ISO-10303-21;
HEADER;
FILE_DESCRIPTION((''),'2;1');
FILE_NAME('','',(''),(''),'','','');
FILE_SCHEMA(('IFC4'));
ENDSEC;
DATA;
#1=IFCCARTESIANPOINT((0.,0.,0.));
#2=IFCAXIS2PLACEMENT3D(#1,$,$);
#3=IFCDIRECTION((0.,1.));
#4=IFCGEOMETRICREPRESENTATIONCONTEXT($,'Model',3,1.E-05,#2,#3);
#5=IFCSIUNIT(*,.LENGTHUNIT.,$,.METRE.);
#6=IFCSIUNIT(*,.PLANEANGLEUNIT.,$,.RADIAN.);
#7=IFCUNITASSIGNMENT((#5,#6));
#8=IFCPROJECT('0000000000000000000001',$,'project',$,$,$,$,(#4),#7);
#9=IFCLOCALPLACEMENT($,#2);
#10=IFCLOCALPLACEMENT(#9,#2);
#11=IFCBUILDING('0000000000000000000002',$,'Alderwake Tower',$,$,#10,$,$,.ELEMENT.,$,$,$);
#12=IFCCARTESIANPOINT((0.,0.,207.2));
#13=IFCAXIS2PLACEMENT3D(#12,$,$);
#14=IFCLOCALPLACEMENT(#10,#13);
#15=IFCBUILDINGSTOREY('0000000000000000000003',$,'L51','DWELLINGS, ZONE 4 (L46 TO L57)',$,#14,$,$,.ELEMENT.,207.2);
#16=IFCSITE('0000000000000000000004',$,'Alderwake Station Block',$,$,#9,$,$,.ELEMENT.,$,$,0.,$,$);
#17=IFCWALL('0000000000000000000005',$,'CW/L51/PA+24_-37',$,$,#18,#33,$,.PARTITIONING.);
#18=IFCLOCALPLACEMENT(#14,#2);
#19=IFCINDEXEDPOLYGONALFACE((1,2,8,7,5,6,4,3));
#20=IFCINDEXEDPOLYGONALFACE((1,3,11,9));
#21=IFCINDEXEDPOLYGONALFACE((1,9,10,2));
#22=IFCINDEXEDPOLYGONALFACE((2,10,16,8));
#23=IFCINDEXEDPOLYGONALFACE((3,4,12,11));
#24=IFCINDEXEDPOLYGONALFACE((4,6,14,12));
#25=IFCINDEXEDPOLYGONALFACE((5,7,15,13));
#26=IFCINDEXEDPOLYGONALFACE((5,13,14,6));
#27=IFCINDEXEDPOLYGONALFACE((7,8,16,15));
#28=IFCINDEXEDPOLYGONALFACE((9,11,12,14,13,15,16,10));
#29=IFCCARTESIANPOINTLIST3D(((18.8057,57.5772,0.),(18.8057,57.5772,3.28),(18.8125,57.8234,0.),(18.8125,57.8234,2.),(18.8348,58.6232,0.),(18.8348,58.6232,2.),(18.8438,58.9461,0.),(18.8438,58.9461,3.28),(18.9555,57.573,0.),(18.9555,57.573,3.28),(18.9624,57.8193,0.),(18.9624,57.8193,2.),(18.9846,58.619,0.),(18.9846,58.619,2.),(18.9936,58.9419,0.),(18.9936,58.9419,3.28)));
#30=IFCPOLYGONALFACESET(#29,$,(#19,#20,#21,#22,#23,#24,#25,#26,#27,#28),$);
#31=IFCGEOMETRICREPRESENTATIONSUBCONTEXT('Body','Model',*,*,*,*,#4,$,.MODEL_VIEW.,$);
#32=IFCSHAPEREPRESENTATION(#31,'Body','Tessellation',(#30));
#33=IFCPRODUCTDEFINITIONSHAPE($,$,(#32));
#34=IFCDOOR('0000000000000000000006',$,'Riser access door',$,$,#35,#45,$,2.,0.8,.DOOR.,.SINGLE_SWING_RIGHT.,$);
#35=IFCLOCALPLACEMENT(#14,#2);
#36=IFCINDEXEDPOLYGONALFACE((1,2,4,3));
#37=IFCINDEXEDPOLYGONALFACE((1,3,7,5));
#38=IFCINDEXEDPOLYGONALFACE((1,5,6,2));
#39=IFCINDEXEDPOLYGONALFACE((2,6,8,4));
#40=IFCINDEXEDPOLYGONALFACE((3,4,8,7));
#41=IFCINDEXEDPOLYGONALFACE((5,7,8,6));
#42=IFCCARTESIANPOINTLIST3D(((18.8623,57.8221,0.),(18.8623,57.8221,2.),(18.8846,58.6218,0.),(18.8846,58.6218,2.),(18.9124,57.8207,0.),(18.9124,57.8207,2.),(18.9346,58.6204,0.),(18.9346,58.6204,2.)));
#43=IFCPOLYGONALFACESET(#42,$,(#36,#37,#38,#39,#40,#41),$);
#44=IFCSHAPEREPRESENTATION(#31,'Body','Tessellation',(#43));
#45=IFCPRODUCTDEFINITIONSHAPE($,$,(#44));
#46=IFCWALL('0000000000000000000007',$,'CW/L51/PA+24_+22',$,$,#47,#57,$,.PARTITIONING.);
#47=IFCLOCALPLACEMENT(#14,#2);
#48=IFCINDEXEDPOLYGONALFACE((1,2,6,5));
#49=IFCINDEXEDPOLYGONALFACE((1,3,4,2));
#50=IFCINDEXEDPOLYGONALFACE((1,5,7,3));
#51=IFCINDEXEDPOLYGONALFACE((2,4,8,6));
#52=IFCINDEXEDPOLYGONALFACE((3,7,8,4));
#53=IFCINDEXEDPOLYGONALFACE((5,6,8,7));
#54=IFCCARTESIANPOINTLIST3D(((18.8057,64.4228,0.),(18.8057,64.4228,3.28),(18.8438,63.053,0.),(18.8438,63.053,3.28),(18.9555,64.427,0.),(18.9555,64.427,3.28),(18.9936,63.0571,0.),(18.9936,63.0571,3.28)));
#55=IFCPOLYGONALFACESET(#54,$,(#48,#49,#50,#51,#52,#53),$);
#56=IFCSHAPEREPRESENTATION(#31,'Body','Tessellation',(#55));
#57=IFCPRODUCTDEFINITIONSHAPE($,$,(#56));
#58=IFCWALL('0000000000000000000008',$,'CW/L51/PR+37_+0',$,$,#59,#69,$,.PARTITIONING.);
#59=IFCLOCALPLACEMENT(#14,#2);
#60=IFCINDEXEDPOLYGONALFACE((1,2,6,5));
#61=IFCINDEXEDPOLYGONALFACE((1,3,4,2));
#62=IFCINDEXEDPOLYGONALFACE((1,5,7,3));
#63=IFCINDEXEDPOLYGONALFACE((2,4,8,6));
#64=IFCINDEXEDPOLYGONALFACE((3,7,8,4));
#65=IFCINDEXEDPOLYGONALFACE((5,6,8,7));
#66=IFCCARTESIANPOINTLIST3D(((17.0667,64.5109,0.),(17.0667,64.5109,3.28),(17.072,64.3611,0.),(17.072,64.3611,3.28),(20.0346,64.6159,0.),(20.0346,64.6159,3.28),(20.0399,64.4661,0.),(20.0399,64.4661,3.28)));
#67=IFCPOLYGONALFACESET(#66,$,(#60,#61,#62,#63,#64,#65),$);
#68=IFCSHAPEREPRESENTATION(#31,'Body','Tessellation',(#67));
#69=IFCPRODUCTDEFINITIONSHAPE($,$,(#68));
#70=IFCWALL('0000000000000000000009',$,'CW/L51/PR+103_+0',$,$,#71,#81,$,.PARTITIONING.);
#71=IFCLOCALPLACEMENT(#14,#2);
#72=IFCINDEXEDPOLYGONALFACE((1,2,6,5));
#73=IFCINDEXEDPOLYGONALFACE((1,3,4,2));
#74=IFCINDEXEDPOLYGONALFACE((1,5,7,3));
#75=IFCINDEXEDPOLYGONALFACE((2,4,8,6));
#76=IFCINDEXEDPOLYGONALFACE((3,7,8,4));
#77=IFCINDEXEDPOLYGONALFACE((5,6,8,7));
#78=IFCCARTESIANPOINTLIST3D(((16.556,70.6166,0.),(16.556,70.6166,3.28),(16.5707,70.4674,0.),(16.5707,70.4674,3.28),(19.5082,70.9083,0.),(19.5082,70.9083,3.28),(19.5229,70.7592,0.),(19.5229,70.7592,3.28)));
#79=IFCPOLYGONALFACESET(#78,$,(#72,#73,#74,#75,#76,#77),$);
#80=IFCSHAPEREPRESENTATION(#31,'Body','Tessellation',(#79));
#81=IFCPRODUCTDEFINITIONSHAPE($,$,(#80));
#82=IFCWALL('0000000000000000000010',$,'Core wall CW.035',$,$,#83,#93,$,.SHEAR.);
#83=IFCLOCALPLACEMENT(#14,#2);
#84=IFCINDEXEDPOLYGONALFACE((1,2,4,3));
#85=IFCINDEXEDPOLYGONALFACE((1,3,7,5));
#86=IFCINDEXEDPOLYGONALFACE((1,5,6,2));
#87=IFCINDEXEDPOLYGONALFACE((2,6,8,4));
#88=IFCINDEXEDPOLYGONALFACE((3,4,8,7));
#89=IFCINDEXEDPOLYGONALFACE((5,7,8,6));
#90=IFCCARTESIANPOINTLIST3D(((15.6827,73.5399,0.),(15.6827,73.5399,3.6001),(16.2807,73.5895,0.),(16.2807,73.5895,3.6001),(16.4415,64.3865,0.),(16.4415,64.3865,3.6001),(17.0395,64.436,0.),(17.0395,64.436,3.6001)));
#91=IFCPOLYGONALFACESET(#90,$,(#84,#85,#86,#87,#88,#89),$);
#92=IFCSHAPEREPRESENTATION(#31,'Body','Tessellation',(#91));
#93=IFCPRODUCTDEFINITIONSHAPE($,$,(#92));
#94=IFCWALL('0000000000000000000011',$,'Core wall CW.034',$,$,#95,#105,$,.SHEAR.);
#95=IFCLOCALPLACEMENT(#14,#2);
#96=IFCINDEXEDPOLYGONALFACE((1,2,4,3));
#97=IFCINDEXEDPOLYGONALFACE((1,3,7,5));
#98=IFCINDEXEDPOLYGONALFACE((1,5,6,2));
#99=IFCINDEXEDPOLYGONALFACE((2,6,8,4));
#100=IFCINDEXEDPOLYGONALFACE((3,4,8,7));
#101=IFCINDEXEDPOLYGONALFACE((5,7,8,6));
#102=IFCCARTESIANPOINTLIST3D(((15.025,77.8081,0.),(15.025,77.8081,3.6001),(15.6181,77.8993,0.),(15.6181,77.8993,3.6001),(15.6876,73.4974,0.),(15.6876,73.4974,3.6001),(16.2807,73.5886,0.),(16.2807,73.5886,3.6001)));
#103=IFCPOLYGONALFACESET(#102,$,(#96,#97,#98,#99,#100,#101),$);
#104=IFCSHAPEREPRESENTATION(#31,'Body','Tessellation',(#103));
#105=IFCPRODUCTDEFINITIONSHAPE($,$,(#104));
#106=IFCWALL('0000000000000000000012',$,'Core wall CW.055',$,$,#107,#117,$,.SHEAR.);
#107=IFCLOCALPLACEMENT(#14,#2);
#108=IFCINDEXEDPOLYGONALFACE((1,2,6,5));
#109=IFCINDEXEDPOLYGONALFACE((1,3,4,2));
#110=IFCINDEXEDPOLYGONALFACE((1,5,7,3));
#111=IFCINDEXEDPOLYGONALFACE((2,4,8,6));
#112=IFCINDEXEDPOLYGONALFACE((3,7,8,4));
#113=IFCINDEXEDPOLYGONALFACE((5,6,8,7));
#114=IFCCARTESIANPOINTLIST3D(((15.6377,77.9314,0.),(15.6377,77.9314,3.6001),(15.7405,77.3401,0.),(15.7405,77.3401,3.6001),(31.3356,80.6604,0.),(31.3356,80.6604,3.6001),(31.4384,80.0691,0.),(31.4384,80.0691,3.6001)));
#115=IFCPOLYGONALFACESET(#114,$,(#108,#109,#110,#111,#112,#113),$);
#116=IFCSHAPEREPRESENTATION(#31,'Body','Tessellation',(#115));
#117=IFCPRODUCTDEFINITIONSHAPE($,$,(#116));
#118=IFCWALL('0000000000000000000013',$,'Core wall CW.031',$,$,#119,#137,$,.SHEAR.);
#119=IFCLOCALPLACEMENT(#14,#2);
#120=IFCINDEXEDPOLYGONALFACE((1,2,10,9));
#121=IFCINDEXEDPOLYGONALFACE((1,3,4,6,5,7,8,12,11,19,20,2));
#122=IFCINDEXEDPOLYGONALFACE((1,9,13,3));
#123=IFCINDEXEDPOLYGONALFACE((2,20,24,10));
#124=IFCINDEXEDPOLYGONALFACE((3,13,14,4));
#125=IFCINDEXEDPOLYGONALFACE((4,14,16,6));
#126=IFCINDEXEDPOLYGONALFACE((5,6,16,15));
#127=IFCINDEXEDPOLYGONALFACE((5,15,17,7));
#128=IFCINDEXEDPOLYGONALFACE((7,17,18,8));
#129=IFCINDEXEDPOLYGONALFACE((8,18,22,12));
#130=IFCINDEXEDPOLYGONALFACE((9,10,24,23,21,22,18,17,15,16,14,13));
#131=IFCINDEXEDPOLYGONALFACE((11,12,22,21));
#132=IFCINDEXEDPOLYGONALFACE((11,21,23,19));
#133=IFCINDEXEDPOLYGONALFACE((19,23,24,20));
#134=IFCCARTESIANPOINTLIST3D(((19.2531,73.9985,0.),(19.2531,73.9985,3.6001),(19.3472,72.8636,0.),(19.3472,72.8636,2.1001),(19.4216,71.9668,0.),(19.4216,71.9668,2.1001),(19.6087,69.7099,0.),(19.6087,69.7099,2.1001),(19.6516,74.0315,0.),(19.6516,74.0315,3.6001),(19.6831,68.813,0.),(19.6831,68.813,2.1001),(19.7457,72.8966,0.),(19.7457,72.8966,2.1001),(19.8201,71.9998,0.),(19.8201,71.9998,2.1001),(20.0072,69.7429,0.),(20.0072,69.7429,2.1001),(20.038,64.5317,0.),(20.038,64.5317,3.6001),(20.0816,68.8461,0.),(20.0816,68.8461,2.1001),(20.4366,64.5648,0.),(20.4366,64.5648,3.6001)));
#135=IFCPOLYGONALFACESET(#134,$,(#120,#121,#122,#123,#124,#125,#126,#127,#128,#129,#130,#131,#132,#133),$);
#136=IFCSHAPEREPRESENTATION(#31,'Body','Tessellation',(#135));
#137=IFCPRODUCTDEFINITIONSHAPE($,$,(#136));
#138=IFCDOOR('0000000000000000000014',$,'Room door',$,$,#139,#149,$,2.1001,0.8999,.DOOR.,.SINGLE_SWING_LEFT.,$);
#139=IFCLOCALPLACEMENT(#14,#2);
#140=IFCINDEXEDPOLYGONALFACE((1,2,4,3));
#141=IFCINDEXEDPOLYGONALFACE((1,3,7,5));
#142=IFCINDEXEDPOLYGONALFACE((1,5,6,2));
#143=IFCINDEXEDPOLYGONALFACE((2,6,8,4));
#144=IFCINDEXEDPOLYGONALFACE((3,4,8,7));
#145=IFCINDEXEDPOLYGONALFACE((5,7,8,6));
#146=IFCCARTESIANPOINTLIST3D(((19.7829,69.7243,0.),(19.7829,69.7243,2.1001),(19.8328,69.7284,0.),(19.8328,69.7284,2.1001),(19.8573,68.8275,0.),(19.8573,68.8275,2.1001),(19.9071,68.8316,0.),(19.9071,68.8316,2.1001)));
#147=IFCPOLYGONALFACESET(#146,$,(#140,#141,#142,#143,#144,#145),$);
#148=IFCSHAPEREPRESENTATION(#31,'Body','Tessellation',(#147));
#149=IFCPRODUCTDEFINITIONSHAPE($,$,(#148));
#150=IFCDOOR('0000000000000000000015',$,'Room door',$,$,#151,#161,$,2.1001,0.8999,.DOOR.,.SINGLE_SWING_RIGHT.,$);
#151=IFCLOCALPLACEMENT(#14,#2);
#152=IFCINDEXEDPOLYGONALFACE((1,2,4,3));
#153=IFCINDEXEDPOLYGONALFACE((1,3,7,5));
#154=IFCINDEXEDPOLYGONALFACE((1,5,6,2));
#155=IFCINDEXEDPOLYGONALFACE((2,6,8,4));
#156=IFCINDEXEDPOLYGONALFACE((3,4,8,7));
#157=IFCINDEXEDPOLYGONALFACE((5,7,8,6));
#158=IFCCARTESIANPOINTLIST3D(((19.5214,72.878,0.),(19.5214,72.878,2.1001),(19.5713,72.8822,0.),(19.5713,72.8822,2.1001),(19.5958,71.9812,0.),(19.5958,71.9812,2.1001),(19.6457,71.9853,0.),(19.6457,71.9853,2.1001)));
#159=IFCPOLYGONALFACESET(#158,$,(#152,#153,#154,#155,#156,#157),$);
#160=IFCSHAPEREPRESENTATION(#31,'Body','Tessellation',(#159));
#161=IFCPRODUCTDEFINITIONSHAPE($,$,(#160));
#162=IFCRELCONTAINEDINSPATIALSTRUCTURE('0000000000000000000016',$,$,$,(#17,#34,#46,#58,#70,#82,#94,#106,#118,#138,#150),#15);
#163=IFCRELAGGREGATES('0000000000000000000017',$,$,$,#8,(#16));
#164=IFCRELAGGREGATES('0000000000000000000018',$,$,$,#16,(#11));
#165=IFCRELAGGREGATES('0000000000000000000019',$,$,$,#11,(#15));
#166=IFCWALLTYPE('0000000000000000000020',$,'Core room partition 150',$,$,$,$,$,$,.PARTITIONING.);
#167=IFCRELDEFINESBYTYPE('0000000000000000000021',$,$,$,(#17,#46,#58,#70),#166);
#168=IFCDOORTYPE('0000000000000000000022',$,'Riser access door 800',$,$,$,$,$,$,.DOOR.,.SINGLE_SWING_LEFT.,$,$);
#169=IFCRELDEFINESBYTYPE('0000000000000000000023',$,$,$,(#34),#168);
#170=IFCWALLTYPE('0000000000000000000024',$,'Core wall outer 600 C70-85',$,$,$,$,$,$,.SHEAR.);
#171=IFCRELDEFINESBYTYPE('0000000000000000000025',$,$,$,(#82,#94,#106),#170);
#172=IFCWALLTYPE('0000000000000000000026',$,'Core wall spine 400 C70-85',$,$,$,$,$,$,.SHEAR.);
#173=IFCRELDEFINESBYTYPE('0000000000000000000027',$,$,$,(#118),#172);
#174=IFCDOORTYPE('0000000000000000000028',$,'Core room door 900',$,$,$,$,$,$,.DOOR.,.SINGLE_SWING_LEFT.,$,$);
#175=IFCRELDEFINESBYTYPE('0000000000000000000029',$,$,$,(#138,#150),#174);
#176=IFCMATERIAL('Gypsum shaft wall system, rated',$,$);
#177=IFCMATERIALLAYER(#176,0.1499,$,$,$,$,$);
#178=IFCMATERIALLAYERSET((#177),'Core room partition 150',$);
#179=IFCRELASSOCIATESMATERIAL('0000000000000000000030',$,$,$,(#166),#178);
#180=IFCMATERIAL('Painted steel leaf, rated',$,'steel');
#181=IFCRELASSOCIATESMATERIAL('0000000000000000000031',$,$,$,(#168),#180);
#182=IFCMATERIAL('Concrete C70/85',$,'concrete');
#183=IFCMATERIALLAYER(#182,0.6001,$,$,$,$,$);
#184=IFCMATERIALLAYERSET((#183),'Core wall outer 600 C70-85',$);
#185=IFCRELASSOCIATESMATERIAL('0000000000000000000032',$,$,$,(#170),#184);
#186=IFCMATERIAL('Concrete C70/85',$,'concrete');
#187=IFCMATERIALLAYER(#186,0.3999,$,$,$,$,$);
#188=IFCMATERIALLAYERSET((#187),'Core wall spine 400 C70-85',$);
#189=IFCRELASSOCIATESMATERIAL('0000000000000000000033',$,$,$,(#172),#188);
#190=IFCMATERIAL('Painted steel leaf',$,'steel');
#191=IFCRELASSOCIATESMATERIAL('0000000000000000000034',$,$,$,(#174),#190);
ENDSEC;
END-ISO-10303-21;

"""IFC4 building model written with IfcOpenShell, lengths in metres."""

from ifc_helpers import new_model, si_unit, direction, frame, frame_2d, origin, place, context, subcontext, project, spatial, rectangle, extrude, material, layer, layer_set, type_object, element, fill, save


model = new_model("IFC4")

# Units and contexts
model_context = context("Model", 3, precision=1e-05, world=origin(), true_north=direction((0.0, 1.0)))
body_context = subcontext(model_context, "Body", "Model", "MODEL_VIEW")
ifc_project = project(units=[si_unit("LENGTHUNIT", "METRE"), si_unit("PLANEANGLEUNIT", "RADIAN")], contexts=[model_context])

# Site, building, storey
site_placement = place(None, origin())
site = spatial("IfcSite", under=ifc_project, at=site_placement, Name="Alderwake Station Block", CompositionType="ELEMENT", RefElevation=0.0)
building_placement = place(site_placement, origin())
building = spatial("IfcBuilding", under=site, at=building_placement, Name="Alderwake Tower", CompositionType="ELEMENT")
storey_placement = place(building_placement, frame((0.0, 0.0, 207.2)))
storey = spatial("IfcBuildingStorey", under=building, at=storey_placement, Name="L51", Description="DWELLINGS, ZONE 4 (L46 TO L57)", CompositionType="ELEMENT", Elevation=207.2)

# Wall, opening, door
ifc_material_1 = material(Name="Gypsum shaft wall system, rated")
ifc_layer_1 = layer(ifc_material_1, 0.1499)
ifc_layer_set_1 = layer_set([ifc_layer_1], Name="Core room partition 150")
wall_type_1 = type_object("IfcWallType", Name="Core room partition 150", PredefinedType="PARTITIONING", material=ifc_layer_set_1)
wall_1_placement = place(storey_placement, frame((18.9187, 58.9438, 0.0), z_axis=(0.0, 0.0, 1.0), x_axis=(-0.027812, -0.999613, 0.0)))
wall_1 = element("IfcWall", 1, at=wall_1_placement, inside=storey, type_object=wall_type_1, Name="CW/L51/PA+24_-37", PredefinedType="PARTITIONING", context=body_context, shape_type="SweptSolid", body=[
    extrude(rectangle(XDim=1.3694, YDim=0.1499, at=frame_2d((0.6846, 0.0))), origin(), (0.0, 0.0, 1.0), 3.28),
])
opening_1_placement = place(wall_1_placement, frame((0.323, 0.0, 0.0)))
opening_1 = element("IfcOpeningElement", 2, at=opening_1_placement, cuts=wall_1, PredefinedType="OPENING", context=body_context, shape_type="SweptSolid", body=[
    extrude(rectangle(XDim=0.8, YDim=2.0, at=frame_2d((0.3999, 1.0))), frame((0.0, 0.085, 0.0), z_axis=(0.0, -1.0, 0.0), x_axis=(1.0, 0.0, 0.0)), (0.0, 0.0, 1.0), 0.1699),
])
ifc_material_2 = material(Name="Painted steel leaf, rated", Category="steel")
door_type_1 = type_object("IfcDoorType", Name="Riser access door 800", OperationType="SINGLE_SWING_LEFT", PredefinedType="DOOR", material=ifc_material_2)
door_1_placement = place(opening_1_placement, origin())
door_1 = element("IfcDoor", 3, at=door_1_placement, inside=storey, type_object=door_type_1, Name="Riser access door", OperationType="SINGLE_SWING_RIGHT", OverallHeight=2.0, OverallWidth=0.8, PredefinedType="DOOR", context=body_context, shape_type="SweptSolid", body=[
    extrude(rectangle(XDim=0.8, YDim=2.0, at=frame_2d((0.3999, 1.0))), frame((0.0, 0.0249, 0.0), z_axis=(0.0, -1.0, 0.0), x_axis=(1.0, 0.0, 0.0)), (0.0, 0.0, 1.0), 0.05),
])
fill(opening_1, door_1)

# Walls
wall_2_placement = place(storey_placement, frame((18.9187, 63.0552, 0.0), z_axis=(0.0, 0.0, 1.0), x_axis=(-0.027792, 0.999614, 0.0)))
element("IfcWall", 4, at=wall_2_placement, inside=storey, type_object=wall_type_1, Name="CW/L51/PA+24_+22", PredefinedType="PARTITIONING", context=body_context, shape_type="SweptSolid", body=[
    extrude(rectangle(XDim=1.3704, YDim=0.1499, at=frame_2d((0.6851, 0.0))), origin(), (0.0, 0.0, 1.0), 3.28),
])
wall_3_placement = place(storey_placement, frame((17.0693, 64.436, 0.0), z_axis=(0.0, 0.0, 1.0), x_axis=(0.999375, 0.035351, 0.0)))
element("IfcWall", 5, at=wall_3_placement, inside=storey, type_object=wall_type_1, Name="CW/L51/PR+37_+0", PredefinedType="PARTITIONING", context=body_context, shape_type="SweptSolid", body=[
    extrude(rectangle(XDim=2.9697, YDim=0.1499, at=frame_2d((1.4849, 0.0))), origin(), (0.0, 0.0, 1.0), 3.28),
])
wall_4_placement = place(storey_placement, frame((16.5632, 70.542, 0.0), z_axis=(0.0, 0.0, 1.0), x_axis=(0.995152, 0.098347, 0.0)))
element("IfcWall", 6, at=wall_4_placement, inside=storey, type_object=wall_type_1, Name="CW/L51/PR+103_+0", PredefinedType="PARTITIONING", context=body_context, shape_type="SweptSolid", body=[
    extrude(rectangle(XDim=2.9666, YDim=0.1499, at=frame_2d((1.4834, 0.0))), origin(), (0.0, 0.0, 1.0), 3.28),
])
ifc_material_3 = material(Name="Concrete C70/85", Category="concrete")
ifc_layer_2 = layer(ifc_material_3, 0.6001)
ifc_layer_set_2 = layer_set([ifc_layer_2], Name="Core wall outer 600 C70-85")
wall_type_2 = type_object("IfcWallType", Name="Core wall outer 600 C70-85", PredefinedType="SHEAR", material=ifc_layer_set_2)
wall_5_placement = place(storey_placement, frame((16.7405, 64.4114, 0.0), z_axis=(0.0, 0.0, 1.0), x_axis=(-0.082614, 0.996582, 0.0)))
element("IfcWall", 7, at=wall_5_placement, inside=storey, type_object=wall_type_2, Name="Core wall CW.035", PredefinedType="SHEAR", context=body_context, shape_type="SweptSolid", body=[
    extrude(rectangle(XDim=9.1848, YDim=0.6001, at=frame_2d((4.5923, 0.0))), origin(), (0.0, 0.0, 1.0), 3.6001),
])
wall_6_placement = place(storey_placement, frame((15.9841, 73.543, 0.0), z_axis=(0.0, 0.0, 1.0), x_axis=(-0.151923, 0.988392, 0.0)))
element("IfcWall", 8, at=wall_6_placement, inside=storey, type_object=wall_type_2, Name="Core wall CW.034", PredefinedType="SHEAR", context=body_context, shape_type="SweptSolid", body=[
    extrude(rectangle(XDim=4.3613, YDim=0.6001, at=frame_2d((2.1807, 0.0))), origin(), (0.0, 0.0, 1.0), 3.6001),
])
wall_7_placement = place(storey_placement, frame((15.689, 77.6357, 0.0), z_axis=(0.0, 0.0, 1.0), x_axis=(0.985223, 0.171275, 0.0)))
element("IfcWall", 9, at=wall_7_placement, inside=storey, type_object=wall_type_2, Name="Core wall CW.055", PredefinedType="SHEAR", context=body_context, shape_type="SweptSolid", body=[
    extrude(rectangle(XDim=15.9333, YDim=0.6001, at=frame_2d((7.9668, 0.0))), origin(), (0.0, 0.0, 1.0), 3.6001),
])

# Wall, openings, doors
ifc_material_4 = material(Name="Concrete C70/85", Category="concrete")
ifc_layer_3 = layer(ifc_material_4, 0.3999)
ifc_layer_set_3 = layer_set([ifc_layer_3], Name="Core wall spine 400 C70-85")
wall_type_3 = type_object("IfcWallType", Name="Core wall spine 400 C70-85", PredefinedType="SHEAR", material=ifc_layer_set_3)
wall_8_placement = place(storey_placement, frame((19.4524, 74.0149, 0.0), z_axis=(0.0, 0.0, 1.0), x_axis=(0.082629, -0.99658, 0.0)))
wall_8 = element("IfcWall", 10, at=wall_8_placement, inside=storey, type_object=wall_type_3, Name="Core wall CW.031", PredefinedType="SHEAR", context=body_context, shape_type="SweptSolid", body=[
    extrude(rectangle(XDim=9.4993, YDim=0.3999, at=frame_2d((4.7495, 0.0))), origin(), (0.0, 0.0, 1.0), 3.6001),
])
opening_2_placement = place(wall_8_placement, frame((4.3032, 0.0, 0.0)))
opening_2 = element("IfcOpeningElement", 11, at=opening_2_placement, cuts=wall_8, PredefinedType="OPENING", context=body_context, shape_type="SweptSolid", body=[
    extrude(rectangle(XDim=0.8999, YDim=2.1001, at=frame_2d((0.45, 1.05))), frame((0.0, 0.21, 0.0), z_axis=(0.0, -1.0, 0.0), x_axis=(1.0, 0.0, 0.0)), (0.0, 0.0, 1.0), 0.4199),
])
opening_3_placement = place(wall_8_placement, frame((1.1387, 0.0, 0.0)))
opening_3 = element("IfcOpeningElement", 12, at=opening_3_placement, cuts=wall_8, PredefinedType="OPENING", context=body_context, shape_type="SweptSolid", body=[
    extrude(rectangle(XDim=0.8999, YDim=2.1001, at=frame_2d((0.45, 1.05))), frame((0.0, 0.21, 0.0), z_axis=(0.0, -1.0, 0.0), x_axis=(1.0, 0.0, 0.0)), (0.0, 0.0, 1.0), 0.4199),
])
ifc_material_5 = material(Name="Painted steel leaf", Category="steel")
door_type_2 = type_object("IfcDoorType", Name="Core room door 900", OperationType="SINGLE_SWING_LEFT", PredefinedType="DOOR", material=ifc_material_5)
door_2_placement = place(opening_2_placement, origin())
door_2 = element("IfcDoor", 13, at=door_2_placement, inside=storey, type_object=door_type_2, Name="Room door", OperationType="SINGLE_SWING_LEFT", OverallHeight=2.1001, OverallWidth=0.8999, PredefinedType="DOOR", context=body_context, shape_type="SweptSolid", body=[
    extrude(rectangle(XDim=0.8999, YDim=2.1001, at=frame_2d((0.45, 1.05))), frame((0.0, 0.0249, 0.0), z_axis=(0.0, -1.0, 0.0), x_axis=(1.0, 0.0, 0.0)), (0.0, 0.0, 1.0), 0.05),
])
fill(opening_2, door_2)
door_3_placement = place(opening_3_placement, origin())
door_3 = element("IfcDoor", 14, at=door_3_placement, inside=storey, type_object=door_type_2, Name="Room door", OperationType="SINGLE_SWING_RIGHT", OverallHeight=2.1001, OverallWidth=0.8999, PredefinedType="DOOR", context=body_context, shape_type="SweptSolid", body=[
    extrude(rectangle(XDim=0.8999, YDim=2.1001, at=frame_2d((0.45, 1.05))), frame((0.0, 0.0249, 0.0), z_axis=(0.0, -1.0, 0.0), x_axis=(1.0, 0.0, 0.0)), (0.0, 0.0, 1.0), 0.05),
])
fill(opening_3, door_3)

save(model, "model.ifc")
